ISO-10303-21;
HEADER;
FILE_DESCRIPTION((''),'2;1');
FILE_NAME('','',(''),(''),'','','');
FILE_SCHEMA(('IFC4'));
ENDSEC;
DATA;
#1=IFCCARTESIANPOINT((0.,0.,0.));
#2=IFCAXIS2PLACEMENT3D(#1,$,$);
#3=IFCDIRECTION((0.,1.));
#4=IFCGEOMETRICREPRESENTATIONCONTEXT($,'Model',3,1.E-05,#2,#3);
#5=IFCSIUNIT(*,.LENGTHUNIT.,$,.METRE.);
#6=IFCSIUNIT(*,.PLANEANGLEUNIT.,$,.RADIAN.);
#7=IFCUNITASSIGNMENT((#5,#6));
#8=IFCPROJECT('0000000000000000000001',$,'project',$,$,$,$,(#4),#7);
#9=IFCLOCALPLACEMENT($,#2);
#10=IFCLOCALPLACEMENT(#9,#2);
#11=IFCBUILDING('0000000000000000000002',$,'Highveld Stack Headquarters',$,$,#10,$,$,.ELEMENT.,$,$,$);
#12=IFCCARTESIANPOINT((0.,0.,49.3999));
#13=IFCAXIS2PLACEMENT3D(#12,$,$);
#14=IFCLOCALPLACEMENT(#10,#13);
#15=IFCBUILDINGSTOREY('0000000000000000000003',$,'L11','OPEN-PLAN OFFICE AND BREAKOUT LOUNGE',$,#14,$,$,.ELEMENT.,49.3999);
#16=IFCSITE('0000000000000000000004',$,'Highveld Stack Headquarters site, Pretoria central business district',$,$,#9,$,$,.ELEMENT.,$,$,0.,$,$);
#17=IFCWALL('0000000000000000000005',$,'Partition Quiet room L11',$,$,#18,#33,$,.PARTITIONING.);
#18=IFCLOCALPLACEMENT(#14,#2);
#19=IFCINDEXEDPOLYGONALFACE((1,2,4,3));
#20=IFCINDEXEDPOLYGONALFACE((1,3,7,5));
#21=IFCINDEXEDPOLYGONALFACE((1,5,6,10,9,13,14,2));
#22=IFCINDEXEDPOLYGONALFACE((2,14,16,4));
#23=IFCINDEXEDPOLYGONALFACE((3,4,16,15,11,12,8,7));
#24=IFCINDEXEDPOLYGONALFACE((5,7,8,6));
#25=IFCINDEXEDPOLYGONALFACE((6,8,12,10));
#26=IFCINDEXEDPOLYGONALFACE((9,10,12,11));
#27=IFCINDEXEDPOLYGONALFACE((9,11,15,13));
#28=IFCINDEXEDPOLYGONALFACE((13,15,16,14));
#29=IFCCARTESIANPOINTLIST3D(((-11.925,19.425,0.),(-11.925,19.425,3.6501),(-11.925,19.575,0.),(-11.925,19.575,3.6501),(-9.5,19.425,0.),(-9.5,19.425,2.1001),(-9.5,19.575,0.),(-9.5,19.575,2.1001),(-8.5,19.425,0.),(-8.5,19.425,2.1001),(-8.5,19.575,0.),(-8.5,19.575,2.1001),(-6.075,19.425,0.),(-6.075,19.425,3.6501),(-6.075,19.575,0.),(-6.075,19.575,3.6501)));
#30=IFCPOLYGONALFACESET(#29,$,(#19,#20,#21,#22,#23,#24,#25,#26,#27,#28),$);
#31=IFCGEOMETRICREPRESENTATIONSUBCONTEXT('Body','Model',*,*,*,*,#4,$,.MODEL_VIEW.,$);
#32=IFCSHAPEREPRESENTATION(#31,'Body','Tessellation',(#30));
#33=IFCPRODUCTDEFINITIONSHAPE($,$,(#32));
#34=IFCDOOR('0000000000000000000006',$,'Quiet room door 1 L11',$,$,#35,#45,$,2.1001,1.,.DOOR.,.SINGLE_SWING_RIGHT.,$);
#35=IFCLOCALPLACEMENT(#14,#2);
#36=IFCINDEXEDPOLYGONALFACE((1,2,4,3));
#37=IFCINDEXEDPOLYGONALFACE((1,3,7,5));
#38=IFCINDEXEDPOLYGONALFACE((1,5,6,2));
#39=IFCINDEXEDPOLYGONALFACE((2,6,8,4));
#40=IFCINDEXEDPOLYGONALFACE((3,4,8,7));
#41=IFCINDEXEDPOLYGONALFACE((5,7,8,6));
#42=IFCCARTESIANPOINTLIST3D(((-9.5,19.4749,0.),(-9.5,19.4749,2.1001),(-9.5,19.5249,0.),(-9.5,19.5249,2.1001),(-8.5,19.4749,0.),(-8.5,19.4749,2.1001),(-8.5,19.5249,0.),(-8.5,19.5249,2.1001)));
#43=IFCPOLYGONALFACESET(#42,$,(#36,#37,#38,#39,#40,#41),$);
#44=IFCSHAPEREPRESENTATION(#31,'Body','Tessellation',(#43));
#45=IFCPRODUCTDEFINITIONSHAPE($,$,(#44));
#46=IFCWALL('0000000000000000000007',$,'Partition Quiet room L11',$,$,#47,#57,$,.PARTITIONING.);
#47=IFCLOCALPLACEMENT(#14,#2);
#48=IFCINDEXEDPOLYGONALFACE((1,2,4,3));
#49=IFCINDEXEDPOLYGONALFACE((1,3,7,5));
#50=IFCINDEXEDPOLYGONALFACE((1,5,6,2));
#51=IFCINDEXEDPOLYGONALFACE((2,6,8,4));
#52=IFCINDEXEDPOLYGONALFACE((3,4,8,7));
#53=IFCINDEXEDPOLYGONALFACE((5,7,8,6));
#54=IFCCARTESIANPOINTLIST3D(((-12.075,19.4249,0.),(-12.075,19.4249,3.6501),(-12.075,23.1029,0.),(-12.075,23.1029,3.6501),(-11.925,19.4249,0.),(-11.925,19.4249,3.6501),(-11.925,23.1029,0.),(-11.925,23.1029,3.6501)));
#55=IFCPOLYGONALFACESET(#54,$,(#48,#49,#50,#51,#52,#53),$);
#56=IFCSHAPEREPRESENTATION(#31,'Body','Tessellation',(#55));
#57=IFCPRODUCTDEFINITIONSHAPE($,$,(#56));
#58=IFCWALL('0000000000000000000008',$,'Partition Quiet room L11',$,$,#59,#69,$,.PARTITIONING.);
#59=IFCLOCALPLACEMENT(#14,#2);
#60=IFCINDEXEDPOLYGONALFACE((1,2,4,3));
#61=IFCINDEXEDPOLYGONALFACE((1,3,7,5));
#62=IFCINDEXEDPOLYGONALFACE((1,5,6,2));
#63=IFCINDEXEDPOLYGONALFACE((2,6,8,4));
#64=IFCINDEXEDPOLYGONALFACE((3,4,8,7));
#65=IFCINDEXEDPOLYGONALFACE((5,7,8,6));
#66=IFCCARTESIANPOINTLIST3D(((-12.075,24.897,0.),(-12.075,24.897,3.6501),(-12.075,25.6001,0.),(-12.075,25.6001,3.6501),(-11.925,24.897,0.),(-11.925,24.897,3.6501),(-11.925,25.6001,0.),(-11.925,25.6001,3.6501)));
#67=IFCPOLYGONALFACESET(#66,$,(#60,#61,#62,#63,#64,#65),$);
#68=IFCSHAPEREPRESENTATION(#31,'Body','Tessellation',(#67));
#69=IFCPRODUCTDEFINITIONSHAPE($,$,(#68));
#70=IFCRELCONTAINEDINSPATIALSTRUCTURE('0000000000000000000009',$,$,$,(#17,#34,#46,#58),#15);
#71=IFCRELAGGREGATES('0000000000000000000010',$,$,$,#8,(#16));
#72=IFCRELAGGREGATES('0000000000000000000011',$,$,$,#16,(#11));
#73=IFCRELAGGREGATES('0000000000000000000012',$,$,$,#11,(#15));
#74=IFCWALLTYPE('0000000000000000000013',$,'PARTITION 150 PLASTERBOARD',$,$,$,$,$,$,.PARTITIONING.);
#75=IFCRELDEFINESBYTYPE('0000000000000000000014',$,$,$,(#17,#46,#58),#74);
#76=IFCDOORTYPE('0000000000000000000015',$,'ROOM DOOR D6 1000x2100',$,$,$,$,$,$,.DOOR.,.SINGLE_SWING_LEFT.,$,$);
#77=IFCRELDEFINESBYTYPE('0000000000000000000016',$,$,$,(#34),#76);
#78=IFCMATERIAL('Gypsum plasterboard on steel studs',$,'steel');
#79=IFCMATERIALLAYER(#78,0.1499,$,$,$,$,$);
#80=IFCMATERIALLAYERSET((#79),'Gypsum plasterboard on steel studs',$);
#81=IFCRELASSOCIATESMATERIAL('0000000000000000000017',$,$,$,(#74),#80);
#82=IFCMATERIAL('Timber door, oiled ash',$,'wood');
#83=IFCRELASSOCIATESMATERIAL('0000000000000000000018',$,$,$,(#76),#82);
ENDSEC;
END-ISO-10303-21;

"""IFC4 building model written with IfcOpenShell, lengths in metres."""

from ifc_helpers import new_model, si_unit, direction, frame, frame_2d, origin, place, context, subcontext, project, spatial, rectangle, extrude, material, layer, layer_set, type_object, element, fill, save


model = new_model("IFC4")

# Units and contexts
model_context = context("Model", 3, precision=1e-05, world=origin(), true_north=direction((0.0, 1.0)))
body_context = subcontext(model_context, "Body", "Model", "MODEL_VIEW")
ifc_project = project(units=[si_unit("LENGTHUNIT", "METRE"), si_unit("PLANEANGLEUNIT", "RADIAN")], contexts=[model_context])

# Site, building, storey
site_placement = place(None, origin())
site = spatial("IfcSite", under=ifc_project, at=site_placement, Name="Highveld Stack Headquarters site, Pretoria central business district", CompositionType="ELEMENT", RefElevation=0.0)
building_placement = place(site_placement, origin())
building = spatial("IfcBuilding", under=site, at=building_placement, Name="Highveld Stack Headquarters", CompositionType="ELEMENT")
storey_placement = place(building_placement, frame((0.0, 0.0, 49.3999)))
storey = spatial("IfcBuildingStorey", under=building, at=storey_placement, Name="L11", Description="OPEN-PLAN OFFICE AND BREAKOUT LOUNGE", CompositionType="ELEMENT", Elevation=49.3999)

# Wall, opening, door
ifc_material_1 = material(Name="Gypsum plasterboard on steel studs", Category="steel")
ifc_layer_1 = layer(ifc_material_1, 0.1499)
ifc_layer_set_1 = layer_set([ifc_layer_1], Name="Gypsum plasterboard on steel studs")
wall_type = type_object("IfcWallType", Name="PARTITION 150 PLASTERBOARD", PredefinedType="PARTITIONING", material=ifc_layer_set_1)
wall_1_placement = place(storey_placement, frame((-11.925, 19.5, 0.0), z_axis=(0.0, 0.0, 1.0), x_axis=(1.0, 0.0, 0.0)))
wall_1 = element("IfcWall", 1, at=wall_1_placement, inside=storey, type_object=wall_type, Name="Partition Quiet room L11", PredefinedType="PARTITIONING", context=body_context, shape_type="SweptSolid", body=[
    extrude(rectangle(XDim=5.8501, YDim=0.1499, at=frame_2d((2.925, 0.0))), origin(), (0.0, 0.0, 1.0), 3.6501),
])
opening_placement = place(wall_1_placement, frame((2.425, 0.0, 0.0)))
opening = element("IfcOpeningElement", 2, at=opening_placement, cuts=wall_1, PredefinedType="OPENING", context=body_context, shape_type="SweptSolid", body=[
    extrude(rectangle(XDim=1.0, YDim=2.1001, at=frame_2d((0.5, 1.05))), frame((0.0, 0.085, 0.0), z_axis=(0.0, -1.0, 0.0), x_axis=(1.0, 0.0, 0.0)), (0.0, 0.0, 1.0), 0.1699),
])
ifc_material_2 = material(Name="Timber door, oiled ash", Category="wood")
door_type = type_object("IfcDoorType", Name="ROOM DOOR D6 1000x2100", OperationType="SINGLE_SWING_LEFT", PredefinedType="DOOR", material=ifc_material_2)
door_placement = place(opening_placement, origin())
door = element("IfcDoor", 3, at=door_placement, inside=storey, type_object=door_type, Name="Quiet room door 1 L11", OperationType="SINGLE_SWING_RIGHT", OverallHeight=2.1001, OverallWidth=1.0, PredefinedType="DOOR", context=body_context, shape_type="SweptSolid", body=[
    extrude(rectangle(XDim=1.0, YDim=2.1001, at=frame_2d((0.5, 1.05))), frame((0.0, 0.0249, 0.0), z_axis=(0.0, -1.0, 0.0), x_axis=(1.0, 0.0, 0.0)), (0.0, 0.0, 1.0), 0.05),
])
fill(opening, door)

# Walls
wall_2_placement = place(storey_placement, frame((-12.0, 19.425, 0.0), z_axis=(0.0, 0.0, 1.0), x_axis=(0.0, 1.0, 0.0)))
element("IfcWall", 4, at=wall_2_placement, inside=storey, type_object=wall_type, Name="Partition Quiet room L11", PredefinedType="PARTITIONING", context=body_context, shape_type="SweptSolid", body=[
    extrude(rectangle(XDim=3.678, YDim=0.1499, at=frame_2d((1.8389, 0.0))), origin(), (0.0, 0.0, 1.0), 3.6501),
])
wall_3_placement = place(storey_placement, frame((-12.0, 24.897, 0.0), z_axis=(0.0, 0.0, 1.0), x_axis=(0.0, 1.0, 0.0)))
element("IfcWall", 5, at=wall_3_placement, inside=storey, type_object=wall_type, Name="Partition Quiet room L11", PredefinedType="PARTITIONING", context=body_context, shape_type="SweptSolid", body=[
    extrude(rectangle(XDim=0.7031, YDim=0.1499, at=frame_2d((0.3516, 0.0))), origin(), (0.0, 0.0, 1.0), 3.6501),
])

save(model, "model.ifc")
